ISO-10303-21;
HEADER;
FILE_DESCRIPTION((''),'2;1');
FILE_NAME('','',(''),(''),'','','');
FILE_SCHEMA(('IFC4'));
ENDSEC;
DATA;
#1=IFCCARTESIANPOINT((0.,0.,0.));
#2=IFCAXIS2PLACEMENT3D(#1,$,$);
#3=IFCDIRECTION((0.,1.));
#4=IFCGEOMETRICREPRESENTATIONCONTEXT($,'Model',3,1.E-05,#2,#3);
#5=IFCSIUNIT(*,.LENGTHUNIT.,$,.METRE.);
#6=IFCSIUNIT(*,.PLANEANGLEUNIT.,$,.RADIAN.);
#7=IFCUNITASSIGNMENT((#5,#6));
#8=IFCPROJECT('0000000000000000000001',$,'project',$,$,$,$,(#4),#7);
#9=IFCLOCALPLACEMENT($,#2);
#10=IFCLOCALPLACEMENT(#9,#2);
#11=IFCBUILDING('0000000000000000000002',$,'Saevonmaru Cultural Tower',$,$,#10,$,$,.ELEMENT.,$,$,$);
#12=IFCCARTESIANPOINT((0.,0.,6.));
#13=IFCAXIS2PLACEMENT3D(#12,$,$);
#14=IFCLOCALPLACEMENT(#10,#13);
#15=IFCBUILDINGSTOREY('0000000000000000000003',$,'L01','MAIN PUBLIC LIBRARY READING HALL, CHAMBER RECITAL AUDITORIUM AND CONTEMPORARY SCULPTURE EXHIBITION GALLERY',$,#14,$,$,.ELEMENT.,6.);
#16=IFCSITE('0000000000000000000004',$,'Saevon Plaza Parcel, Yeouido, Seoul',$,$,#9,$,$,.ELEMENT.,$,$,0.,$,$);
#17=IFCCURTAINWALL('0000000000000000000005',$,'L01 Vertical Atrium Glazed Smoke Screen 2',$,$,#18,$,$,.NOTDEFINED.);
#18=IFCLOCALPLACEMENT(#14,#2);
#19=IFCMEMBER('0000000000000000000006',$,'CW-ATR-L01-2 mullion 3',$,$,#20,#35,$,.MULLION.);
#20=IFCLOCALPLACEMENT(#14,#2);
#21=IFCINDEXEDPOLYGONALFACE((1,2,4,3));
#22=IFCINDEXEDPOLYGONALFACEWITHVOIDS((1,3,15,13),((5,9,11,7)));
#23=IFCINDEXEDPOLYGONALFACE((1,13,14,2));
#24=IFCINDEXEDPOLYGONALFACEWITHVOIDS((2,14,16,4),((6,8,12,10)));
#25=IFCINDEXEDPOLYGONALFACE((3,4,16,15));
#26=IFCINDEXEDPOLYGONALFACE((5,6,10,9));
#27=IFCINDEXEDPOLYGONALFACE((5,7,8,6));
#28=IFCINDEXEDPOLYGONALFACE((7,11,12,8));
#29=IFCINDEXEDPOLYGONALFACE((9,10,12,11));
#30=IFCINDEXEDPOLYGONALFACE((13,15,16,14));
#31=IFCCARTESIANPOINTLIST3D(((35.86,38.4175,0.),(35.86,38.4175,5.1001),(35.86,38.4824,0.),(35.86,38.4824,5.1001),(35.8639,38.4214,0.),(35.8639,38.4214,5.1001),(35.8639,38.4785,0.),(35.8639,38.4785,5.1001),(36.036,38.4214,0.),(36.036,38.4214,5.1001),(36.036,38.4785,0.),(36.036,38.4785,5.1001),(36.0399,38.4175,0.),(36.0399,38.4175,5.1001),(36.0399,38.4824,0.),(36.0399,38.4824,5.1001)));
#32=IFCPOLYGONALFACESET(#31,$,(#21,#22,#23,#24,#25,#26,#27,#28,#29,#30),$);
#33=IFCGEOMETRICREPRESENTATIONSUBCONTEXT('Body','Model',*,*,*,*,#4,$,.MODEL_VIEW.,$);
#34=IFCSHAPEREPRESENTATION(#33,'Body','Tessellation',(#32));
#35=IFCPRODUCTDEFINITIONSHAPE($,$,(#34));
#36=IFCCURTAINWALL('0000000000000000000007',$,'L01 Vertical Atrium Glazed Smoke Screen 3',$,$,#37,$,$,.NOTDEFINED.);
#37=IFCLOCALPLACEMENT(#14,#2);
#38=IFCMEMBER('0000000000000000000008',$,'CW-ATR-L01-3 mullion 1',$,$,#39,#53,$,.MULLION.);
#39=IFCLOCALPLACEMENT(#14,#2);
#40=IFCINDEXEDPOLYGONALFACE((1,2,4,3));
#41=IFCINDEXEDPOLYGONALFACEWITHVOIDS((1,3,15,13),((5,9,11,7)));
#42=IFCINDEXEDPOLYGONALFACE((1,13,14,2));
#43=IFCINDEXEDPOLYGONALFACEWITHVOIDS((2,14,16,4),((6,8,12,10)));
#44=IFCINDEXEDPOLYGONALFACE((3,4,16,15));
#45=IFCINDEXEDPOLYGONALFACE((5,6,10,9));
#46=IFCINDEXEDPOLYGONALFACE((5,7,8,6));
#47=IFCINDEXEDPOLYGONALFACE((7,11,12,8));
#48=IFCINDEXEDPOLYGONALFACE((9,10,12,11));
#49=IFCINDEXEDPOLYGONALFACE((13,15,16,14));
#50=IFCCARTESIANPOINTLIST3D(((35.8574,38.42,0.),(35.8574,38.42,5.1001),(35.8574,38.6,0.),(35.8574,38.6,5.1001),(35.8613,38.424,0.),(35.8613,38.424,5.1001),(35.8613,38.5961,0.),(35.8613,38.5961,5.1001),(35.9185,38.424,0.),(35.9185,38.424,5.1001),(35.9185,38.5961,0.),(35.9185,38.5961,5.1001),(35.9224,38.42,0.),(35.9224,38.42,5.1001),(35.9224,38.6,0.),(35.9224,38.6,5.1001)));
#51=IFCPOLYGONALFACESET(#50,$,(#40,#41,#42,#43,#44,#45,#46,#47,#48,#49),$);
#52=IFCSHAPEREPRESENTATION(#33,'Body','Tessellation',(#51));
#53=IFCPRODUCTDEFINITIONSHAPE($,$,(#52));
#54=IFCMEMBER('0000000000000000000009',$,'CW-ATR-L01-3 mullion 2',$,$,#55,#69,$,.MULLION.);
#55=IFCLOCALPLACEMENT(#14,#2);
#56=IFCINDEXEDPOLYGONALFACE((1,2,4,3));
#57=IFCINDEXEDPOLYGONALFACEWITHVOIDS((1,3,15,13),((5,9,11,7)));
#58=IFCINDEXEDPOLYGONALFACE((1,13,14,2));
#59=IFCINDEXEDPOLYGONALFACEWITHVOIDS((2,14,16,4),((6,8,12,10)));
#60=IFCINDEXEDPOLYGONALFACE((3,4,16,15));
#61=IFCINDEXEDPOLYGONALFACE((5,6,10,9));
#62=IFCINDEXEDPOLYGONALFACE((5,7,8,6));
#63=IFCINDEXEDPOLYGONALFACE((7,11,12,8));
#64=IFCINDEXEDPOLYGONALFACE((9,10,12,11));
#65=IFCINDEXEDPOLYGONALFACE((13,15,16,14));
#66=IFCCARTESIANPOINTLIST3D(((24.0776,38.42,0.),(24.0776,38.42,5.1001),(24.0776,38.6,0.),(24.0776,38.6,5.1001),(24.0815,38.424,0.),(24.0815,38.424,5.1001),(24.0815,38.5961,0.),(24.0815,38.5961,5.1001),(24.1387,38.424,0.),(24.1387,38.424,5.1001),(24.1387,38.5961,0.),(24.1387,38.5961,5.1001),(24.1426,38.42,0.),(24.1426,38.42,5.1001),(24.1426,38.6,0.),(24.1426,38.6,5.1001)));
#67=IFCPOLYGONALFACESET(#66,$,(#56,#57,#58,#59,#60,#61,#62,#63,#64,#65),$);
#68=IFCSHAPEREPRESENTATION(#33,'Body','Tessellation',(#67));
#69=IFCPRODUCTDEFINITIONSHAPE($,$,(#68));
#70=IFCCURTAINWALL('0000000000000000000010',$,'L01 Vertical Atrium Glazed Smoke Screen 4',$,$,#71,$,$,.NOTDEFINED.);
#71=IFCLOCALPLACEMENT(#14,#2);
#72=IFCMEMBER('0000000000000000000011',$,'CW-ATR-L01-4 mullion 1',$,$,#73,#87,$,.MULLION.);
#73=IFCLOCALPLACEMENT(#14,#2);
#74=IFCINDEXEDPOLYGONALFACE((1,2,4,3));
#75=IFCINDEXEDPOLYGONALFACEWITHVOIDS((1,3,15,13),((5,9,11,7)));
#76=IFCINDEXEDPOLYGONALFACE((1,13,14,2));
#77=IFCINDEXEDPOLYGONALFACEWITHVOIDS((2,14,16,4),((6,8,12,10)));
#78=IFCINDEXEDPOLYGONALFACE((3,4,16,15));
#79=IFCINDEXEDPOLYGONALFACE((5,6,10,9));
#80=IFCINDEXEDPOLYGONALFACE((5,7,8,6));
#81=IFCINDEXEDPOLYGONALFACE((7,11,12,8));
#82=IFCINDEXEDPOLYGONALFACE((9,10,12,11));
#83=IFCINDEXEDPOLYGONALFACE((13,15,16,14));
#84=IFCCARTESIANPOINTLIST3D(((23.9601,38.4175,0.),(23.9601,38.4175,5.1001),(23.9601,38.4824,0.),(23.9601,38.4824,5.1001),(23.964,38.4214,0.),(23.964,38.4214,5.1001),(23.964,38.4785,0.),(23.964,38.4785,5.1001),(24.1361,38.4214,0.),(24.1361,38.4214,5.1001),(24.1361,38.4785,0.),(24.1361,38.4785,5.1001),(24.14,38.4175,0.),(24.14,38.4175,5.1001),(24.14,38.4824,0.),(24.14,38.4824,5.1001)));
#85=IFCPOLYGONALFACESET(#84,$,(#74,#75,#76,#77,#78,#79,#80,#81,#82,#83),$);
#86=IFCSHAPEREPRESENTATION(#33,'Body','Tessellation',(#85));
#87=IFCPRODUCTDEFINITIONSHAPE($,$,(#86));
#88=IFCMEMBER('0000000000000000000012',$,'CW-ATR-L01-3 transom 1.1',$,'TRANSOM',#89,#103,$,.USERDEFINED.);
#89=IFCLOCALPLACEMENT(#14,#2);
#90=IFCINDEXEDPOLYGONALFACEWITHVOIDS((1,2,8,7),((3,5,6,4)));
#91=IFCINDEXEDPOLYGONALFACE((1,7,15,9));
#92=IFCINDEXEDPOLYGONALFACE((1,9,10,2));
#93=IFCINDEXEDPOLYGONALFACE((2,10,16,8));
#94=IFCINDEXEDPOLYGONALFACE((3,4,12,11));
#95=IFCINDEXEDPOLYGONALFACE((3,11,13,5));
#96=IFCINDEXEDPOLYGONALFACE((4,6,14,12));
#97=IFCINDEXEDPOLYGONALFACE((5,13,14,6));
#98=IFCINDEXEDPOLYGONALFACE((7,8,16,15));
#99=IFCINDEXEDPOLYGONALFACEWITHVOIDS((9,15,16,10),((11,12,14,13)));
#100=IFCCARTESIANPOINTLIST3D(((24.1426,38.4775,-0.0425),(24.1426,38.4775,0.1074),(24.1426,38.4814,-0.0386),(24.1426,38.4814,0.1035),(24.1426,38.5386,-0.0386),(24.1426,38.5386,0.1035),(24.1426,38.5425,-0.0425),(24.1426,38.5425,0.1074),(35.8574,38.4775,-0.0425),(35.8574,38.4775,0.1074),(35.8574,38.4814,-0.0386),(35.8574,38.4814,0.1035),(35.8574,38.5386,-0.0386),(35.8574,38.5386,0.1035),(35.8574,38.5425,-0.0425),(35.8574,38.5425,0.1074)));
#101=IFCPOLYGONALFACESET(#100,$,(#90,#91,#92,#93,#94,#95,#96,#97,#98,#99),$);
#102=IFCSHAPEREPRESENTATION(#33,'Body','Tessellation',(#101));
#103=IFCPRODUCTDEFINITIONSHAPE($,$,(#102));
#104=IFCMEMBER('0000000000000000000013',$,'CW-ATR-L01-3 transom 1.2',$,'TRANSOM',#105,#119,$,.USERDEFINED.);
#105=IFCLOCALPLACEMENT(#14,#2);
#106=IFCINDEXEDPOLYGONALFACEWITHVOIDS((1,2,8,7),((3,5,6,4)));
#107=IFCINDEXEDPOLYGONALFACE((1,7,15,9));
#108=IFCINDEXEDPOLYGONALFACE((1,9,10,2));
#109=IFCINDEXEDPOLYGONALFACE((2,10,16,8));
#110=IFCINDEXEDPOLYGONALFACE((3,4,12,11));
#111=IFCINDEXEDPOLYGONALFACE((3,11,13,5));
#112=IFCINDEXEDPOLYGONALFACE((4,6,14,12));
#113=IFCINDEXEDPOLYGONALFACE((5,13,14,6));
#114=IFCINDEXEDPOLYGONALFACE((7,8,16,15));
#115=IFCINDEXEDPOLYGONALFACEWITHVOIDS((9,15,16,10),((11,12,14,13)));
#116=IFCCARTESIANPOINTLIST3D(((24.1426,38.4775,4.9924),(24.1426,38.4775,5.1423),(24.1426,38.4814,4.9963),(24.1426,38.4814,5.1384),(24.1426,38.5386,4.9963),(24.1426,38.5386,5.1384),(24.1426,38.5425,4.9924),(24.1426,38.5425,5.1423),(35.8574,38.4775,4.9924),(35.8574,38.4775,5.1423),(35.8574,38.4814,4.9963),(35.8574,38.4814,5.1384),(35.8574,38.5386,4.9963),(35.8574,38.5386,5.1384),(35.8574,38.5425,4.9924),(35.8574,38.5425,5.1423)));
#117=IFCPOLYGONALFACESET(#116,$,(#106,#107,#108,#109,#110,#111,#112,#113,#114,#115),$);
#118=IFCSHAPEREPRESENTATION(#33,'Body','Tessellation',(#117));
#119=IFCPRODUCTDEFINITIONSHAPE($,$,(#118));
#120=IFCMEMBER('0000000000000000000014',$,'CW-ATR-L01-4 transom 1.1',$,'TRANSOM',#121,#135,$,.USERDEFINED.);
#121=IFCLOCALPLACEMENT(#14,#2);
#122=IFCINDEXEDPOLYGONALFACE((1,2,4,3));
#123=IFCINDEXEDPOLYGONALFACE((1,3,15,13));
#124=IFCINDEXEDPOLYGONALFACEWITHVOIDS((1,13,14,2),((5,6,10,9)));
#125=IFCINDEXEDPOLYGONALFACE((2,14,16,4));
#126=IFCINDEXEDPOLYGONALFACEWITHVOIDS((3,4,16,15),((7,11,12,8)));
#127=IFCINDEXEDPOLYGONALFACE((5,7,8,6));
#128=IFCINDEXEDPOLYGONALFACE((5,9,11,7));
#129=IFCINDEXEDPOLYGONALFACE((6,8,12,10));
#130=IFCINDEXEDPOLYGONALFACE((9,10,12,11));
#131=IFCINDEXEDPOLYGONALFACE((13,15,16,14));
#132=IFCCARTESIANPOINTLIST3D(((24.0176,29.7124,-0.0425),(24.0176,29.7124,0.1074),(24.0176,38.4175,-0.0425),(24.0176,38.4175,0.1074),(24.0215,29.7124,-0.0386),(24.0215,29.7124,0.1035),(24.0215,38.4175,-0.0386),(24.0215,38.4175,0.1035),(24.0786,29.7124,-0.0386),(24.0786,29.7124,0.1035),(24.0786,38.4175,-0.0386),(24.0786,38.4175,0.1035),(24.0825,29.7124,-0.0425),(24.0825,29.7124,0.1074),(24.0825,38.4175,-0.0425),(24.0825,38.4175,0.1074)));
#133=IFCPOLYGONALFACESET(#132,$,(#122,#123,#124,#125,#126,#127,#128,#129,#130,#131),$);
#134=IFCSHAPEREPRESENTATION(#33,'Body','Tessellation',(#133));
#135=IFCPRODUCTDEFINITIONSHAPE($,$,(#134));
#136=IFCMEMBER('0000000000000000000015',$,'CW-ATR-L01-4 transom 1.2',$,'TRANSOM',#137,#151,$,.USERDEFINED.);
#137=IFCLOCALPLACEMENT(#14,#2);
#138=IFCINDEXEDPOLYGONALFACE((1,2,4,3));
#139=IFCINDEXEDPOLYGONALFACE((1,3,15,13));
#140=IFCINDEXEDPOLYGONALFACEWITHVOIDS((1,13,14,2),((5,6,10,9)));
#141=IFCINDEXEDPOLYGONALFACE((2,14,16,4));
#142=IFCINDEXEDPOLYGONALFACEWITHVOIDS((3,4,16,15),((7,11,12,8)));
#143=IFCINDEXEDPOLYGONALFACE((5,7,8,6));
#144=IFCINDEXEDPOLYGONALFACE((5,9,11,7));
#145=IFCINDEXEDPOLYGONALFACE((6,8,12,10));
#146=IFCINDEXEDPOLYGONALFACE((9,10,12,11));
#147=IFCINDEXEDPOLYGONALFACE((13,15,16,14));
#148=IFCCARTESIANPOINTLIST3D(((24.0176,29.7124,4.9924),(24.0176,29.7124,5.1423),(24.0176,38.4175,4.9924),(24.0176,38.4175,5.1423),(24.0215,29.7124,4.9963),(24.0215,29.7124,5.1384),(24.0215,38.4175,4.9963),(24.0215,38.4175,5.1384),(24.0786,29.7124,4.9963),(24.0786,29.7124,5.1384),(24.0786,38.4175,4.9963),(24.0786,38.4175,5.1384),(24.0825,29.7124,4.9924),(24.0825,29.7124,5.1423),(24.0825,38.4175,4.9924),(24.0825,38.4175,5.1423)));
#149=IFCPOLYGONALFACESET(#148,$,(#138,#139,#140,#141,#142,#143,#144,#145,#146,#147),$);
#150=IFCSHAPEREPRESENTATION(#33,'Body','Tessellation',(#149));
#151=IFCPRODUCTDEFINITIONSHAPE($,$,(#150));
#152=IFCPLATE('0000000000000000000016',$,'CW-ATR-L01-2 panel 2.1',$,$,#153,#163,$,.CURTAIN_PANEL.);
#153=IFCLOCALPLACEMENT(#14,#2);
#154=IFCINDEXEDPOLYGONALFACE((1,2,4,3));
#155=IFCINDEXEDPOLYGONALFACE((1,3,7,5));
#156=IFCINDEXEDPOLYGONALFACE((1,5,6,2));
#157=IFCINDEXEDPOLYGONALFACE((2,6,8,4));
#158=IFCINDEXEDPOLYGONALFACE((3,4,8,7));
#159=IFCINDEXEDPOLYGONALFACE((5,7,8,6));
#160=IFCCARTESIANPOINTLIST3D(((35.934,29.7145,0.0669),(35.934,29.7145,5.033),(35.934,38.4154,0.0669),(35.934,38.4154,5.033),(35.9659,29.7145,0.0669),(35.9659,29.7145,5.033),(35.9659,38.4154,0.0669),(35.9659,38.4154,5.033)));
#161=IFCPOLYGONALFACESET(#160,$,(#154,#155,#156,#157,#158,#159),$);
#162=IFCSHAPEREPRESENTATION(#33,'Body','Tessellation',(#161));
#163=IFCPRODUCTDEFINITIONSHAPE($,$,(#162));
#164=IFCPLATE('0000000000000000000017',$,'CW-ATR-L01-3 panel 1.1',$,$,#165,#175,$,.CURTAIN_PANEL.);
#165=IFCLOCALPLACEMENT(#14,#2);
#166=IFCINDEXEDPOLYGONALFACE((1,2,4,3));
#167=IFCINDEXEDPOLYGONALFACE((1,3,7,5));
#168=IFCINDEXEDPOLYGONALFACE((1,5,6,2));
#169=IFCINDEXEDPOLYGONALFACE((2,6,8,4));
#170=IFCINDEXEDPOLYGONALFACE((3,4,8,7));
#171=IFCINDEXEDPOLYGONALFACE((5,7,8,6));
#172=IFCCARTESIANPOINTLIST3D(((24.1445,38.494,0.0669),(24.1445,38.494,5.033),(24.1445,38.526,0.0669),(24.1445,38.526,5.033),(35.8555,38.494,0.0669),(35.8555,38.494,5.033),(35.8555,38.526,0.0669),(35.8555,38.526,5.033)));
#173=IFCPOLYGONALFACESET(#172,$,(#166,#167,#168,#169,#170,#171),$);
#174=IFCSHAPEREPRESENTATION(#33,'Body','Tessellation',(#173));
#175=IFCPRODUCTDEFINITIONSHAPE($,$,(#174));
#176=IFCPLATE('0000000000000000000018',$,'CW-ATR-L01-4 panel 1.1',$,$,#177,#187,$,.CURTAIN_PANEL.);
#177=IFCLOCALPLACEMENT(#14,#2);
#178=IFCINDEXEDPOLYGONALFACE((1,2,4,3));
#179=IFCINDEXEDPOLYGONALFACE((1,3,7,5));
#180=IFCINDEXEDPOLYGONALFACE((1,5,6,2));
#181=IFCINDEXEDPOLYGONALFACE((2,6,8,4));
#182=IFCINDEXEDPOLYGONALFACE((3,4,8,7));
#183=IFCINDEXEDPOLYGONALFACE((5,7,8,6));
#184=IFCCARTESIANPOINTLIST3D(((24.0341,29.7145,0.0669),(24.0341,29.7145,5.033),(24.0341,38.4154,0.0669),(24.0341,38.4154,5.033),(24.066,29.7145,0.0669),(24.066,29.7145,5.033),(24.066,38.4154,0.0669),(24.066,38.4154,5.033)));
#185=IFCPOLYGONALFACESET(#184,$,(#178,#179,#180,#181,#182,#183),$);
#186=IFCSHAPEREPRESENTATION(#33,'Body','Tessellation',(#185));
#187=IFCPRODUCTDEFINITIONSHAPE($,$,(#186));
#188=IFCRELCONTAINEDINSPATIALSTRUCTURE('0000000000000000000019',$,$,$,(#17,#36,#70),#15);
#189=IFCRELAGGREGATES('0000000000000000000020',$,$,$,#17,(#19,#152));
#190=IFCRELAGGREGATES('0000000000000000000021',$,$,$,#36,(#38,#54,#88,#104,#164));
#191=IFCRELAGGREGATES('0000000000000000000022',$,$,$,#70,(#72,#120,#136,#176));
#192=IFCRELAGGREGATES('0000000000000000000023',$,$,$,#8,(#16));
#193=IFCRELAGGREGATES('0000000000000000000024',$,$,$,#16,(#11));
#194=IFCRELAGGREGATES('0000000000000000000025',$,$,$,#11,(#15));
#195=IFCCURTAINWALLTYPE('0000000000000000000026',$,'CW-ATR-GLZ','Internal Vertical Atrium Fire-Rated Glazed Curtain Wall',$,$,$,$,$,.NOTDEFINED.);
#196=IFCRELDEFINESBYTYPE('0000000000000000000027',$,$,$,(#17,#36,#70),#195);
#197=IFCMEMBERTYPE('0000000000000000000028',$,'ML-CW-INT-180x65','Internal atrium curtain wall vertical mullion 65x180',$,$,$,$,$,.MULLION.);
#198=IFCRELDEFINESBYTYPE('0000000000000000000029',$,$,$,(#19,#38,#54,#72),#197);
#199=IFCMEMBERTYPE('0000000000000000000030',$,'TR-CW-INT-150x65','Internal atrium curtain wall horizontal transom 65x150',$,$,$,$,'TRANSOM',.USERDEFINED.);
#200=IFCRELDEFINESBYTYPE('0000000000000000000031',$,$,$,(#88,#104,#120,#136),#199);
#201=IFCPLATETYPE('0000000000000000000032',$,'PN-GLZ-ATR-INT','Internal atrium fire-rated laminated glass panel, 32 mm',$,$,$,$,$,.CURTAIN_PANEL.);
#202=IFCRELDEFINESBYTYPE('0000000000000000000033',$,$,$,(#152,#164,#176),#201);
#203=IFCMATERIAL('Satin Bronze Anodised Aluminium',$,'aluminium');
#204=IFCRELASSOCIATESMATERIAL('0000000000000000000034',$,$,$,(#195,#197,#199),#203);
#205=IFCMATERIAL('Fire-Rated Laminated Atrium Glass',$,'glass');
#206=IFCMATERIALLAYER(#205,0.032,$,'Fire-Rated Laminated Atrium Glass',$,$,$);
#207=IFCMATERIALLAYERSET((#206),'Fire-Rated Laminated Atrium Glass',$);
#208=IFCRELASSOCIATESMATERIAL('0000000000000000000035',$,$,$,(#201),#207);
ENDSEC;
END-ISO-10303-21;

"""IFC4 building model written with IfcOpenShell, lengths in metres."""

from ifc_helpers import new_model, si_unit, direction, frame, origin, origin_2d, place, context, subcontext, project, spatial, rectangle, hollow_rectangle, extrude, material, layer, layer_set, material_profile, profile_set, type_object, element, aggregate, save


model = new_model("IFC4")

# Units and contexts
model_context = context("Model", 3, precision=1e-05, world=origin(), true_north=direction((0.0, 1.0)))
body_context = subcontext(model_context, "Body", "Model", "MODEL_VIEW")
ifc_project = project(units=[si_unit("LENGTHUNIT", "METRE"), si_unit("PLANEANGLEUNIT", "RADIAN")], contexts=[model_context])

# Site, building, storey
site_placement = place(None, origin())
site = spatial("IfcSite", under=ifc_project, at=site_placement, Name="Saevon Plaza Parcel, Yeouido, Seoul", CompositionType="ELEMENT", RefElevation=0.0)
building_placement = place(site_placement, origin())
building = spatial("IfcBuilding", under=site, at=building_placement, Name="Saevonmaru Cultural Tower", CompositionType="ELEMENT")
storey_placement = place(building_placement, frame((0.0, 0.0, 6.0)))
storey = spatial("IfcBuildingStorey", under=building, at=storey_placement, Name="L01", Description="MAIN PUBLIC LIBRARY READING HALL, CHAMBER RECITAL AUDITORIUM AND CONTEMPORARY SCULPTURE EXHIBITION GALLERY", CompositionType="ELEMENT", Elevation=6.0)

# Curtain wall, member
ifc_material_1 = material(Name="Satin Bronze Anodised Aluminium", Category="aluminium")
curtain_wall_type = type_object("IfcCurtainWallType", Name="CW-ATR-GLZ", Description="Internal Vertical Atrium Fire-Rated Glazed Curtain Wall", PredefinedType="NOTDEFINED", material=ifc_material_1)
curtain_wall_1_placement = place(storey_placement, origin())
curtain_wall_1 = element("IfcCurtainWall", 1, at=curtain_wall_1_placement, inside=storey, type_object=curtain_wall_type, Name="L01 Vertical Atrium Glazed Smoke Screen 2", PredefinedType="NOTDEFINED")
ifc_material_profile_1 = material_profile(ifc_material_1, hollow_rectangle(XDim=0.0649, YDim=0.1799, WallThickness=0.0039, at=origin_2d()), Name="ALU-MULL-180x65x4")
ifc_profile_set_1 = profile_set([ifc_material_profile_1], Name="Satin Bronze Anodised Aluminium")
member_type_1 = type_object("IfcMemberType", Name="ML-CW-INT-180x65", Description="Internal atrium curtain wall vertical mullion 65x180", PredefinedType="MULLION", material=ifc_profile_set_1)
member_1_placement = place(storey_placement, frame((35.95, 38.45, 0.0), z_axis=(0.0, 0.0, 1.0), x_axis=(0.0, 1.0, 0.0)))
member_1 = element("IfcMember", 2, at=member_1_placement, type_object=member_type_1, Name="CW-ATR-L01-2 mullion 3", PredefinedType="MULLION", context=body_context, shape_type="SweptSolid", body=[
    extrude(hollow_rectangle(XDim=0.0649, YDim=0.1799, WallThickness=0.0039, at=origin_2d()), origin(), (0.0, 0.0, 1.0), 5.1001),
])

# Curtain wall, members
curtain_wall_2_placement = place(storey_placement, origin())
curtain_wall_2 = element("IfcCurtainWall", 3, at=curtain_wall_2_placement, inside=storey, type_object=curtain_wall_type, Name="L01 Vertical Atrium Glazed Smoke Screen 3", PredefinedType="NOTDEFINED")
member_2_placement = place(storey_placement, frame((35.8899, 38.51, 0.0), z_axis=(0.0, 0.0, 1.0), x_axis=(-1.0, 0.0, 0.0)))
member_2 = element("IfcMember", 4, at=member_2_placement, type_object=member_type_1, Name="CW-ATR-L01-3 mullion 1", PredefinedType="MULLION", context=body_context, shape_type="SweptSolid", body=[
    extrude(hollow_rectangle(XDim=0.0649, YDim=0.1799, WallThickness=0.0039, at=origin_2d()), origin(), (0.0, 0.0, 1.0), 5.1001),
])
member_3_placement = place(storey_placement, frame((24.1101, 38.51, 0.0), z_axis=(0.0, 0.0, 1.0), x_axis=(-1.0, 0.0, 0.0)))
member_3 = element("IfcMember", 5, at=member_3_placement, type_object=member_type_1, Name="CW-ATR-L01-3 mullion 2", PredefinedType="MULLION", context=body_context, shape_type="SweptSolid", body=[
    extrude(hollow_rectangle(XDim=0.0649, YDim=0.1799, WallThickness=0.0039, at=origin_2d()), origin(), (0.0, 0.0, 1.0), 5.1001),
])

# Curtain wall, member
curtain_wall_3_placement = place(storey_placement, origin())
curtain_wall_3 = element("IfcCurtainWall", 6, at=curtain_wall_3_placement, inside=storey, type_object=curtain_wall_type, Name="L01 Vertical Atrium Glazed Smoke Screen 4", PredefinedType="NOTDEFINED")
member_4_placement = place(storey_placement, frame((24.05, 38.45, 0.0), z_axis=(0.0, 0.0, 1.0), x_axis=(0.0, -1.0, 0.0)))
member_4 = element("IfcMember", 7, at=member_4_placement, type_object=member_type_1, Name="CW-ATR-L01-4 mullion 1", PredefinedType="MULLION", context=body_context, shape_type="SweptSolid", body=[
    extrude(hollow_rectangle(XDim=0.0649, YDim=0.1799, WallThickness=0.0039, at=origin_2d()), origin(), (0.0, 0.0, 1.0), 5.1001),
])

# Members
ifc_material_profile_2 = material_profile(ifc_material_1, hollow_rectangle(XDim=0.0649, YDim=0.1499, WallThickness=0.0039, at=origin_2d()), Name="ALU-TRAN-150x65x4")
ifc_profile_set_2 = profile_set([ifc_material_profile_2], Name="Satin Bronze Anodised Aluminium")
member_type_2 = type_object("IfcMemberType", Name="TR-CW-INT-150x65", Description="Internal atrium curtain wall horizontal transom 65x150", ElementType="TRANSOM", PredefinedType="USERDEFINED", material=ifc_profile_set_2)
member_5_placement = place(storey_placement, frame((35.8574, 38.51, 0.0325), z_axis=(-1.0, 0.0, 0.0), x_axis=(0.0, -1.0, 0.0)))
member_5 = element("IfcMember", 8, at=member_5_placement, type_object=member_type_2, Name="CW-ATR-L01-3 transom 1.1", ObjectType="TRANSOM", PredefinedType="USERDEFINED", context=body_context, shape_type="SweptSolid", body=[
    extrude(hollow_rectangle(XDim=0.0649, YDim=0.1499, WallThickness=0.0039, at=origin_2d()), origin(), (0.0, 0.0, 1.0), 11.7148),
])
member_6_placement = place(storey_placement, frame((35.8574, 38.51, 5.0674), z_axis=(-1.0, 0.0, 0.0), x_axis=(0.0, -1.0, 0.0)))
member_6 = element("IfcMember", 9, at=member_6_placement, type_object=member_type_2, Name="CW-ATR-L01-3 transom 1.2", ObjectType="TRANSOM", PredefinedType="USERDEFINED", context=body_context, shape_type="SweptSolid", body=[
    extrude(hollow_rectangle(XDim=0.0649, YDim=0.1499, WallThickness=0.0039, at=origin_2d()), origin(), (0.0, 0.0, 1.0), 11.7148),
])
member_7_placement = place(storey_placement, frame((24.05, 38.4175, 0.0325), z_axis=(0.0, -1.0, 0.0), x_axis=(1.0, 0.0, 0.0)))
member_7 = element("IfcMember", 10, at=member_7_placement, type_object=member_type_2, Name="CW-ATR-L01-4 transom 1.1", ObjectType="TRANSOM", PredefinedType="USERDEFINED", context=body_context, shape_type="SweptSolid", body=[
    extrude(hollow_rectangle(XDim=0.0649, YDim=0.1499, WallThickness=0.0039, at=origin_2d()), origin(), (0.0, 0.0, 1.0), 8.7051),
])
member_8_placement = place(storey_placement, frame((24.05, 38.4175, 5.0674), z_axis=(0.0, -1.0, 0.0), x_axis=(1.0, 0.0, 0.0)))
member_8 = element("IfcMember", 11, at=member_8_placement, type_object=member_type_2, Name="CW-ATR-L01-4 transom 1.2", ObjectType="TRANSOM", PredefinedType="USERDEFINED", context=body_context, shape_type="SweptSolid", body=[
    extrude(hollow_rectangle(XDim=0.0649, YDim=0.1499, WallThickness=0.0039, at=origin_2d()), origin(), (0.0, 0.0, 1.0), 8.7051),
])

# Plates
ifc_material_2 = material(Name="Fire-Rated Laminated Atrium Glass", Category="glass")
ifc_layer_1 = layer(ifc_material_2, 0.032, Name="Fire-Rated Laminated Atrium Glass")
ifc_layer_set_1 = layer_set([ifc_layer_1], Name="Fire-Rated Laminated Atrium Glass")
plate_type = type_object("IfcPlateType", Name="PN-GLZ-ATR-INT", Description="Internal atrium fire-rated laminated glass panel, 32 mm", PredefinedType="CURTAIN_PANEL", material=ifc_layer_set_1)
plate_1_placement = place(storey_placement, frame((35.95, 34.0649, 0.0669), z_axis=(0.0, 0.0, 1.0), x_axis=(0.0, 1.0, 0.0)))
plate_1 = element("IfcPlate", 12, at=plate_1_placement, type_object=plate_type, Name="CW-ATR-L01-2 panel 2.1", PredefinedType="CURTAIN_PANEL", context=body_context, shape_type="SweptSolid", body=[
    extrude(rectangle(XDim=8.7009, YDim=0.032, at=origin_2d()), origin(), (0.0, 0.0, 1.0), 4.9661),
])
aggregate(curtain_wall_1, [member_1, plate_1])
plate_2_placement = place(storey_placement, frame((30.0, 38.51, 0.0669), z_axis=(0.0, 0.0, 1.0), x_axis=(-1.0, 0.0, 0.0)))
plate_2 = element("IfcPlate", 13, at=plate_2_placement, type_object=plate_type, Name="CW-ATR-L01-3 panel 1.1", PredefinedType="CURTAIN_PANEL", context=body_context, shape_type="SweptSolid", body=[
    extrude(rectangle(XDim=11.7109, YDim=0.032, at=origin_2d()), origin(), (0.0, 0.0, 1.0), 4.9661),
])
aggregate(curtain_wall_2, [member_2, member_3, member_5, member_6, plate_2])
plate_3_placement = place(storey_placement, frame((24.05, 34.0649, 0.0669), z_axis=(0.0, 0.0, 1.0), x_axis=(0.0, -1.0, 0.0)))
plate_3 = element("IfcPlate", 14, at=plate_3_placement, type_object=plate_type, Name="CW-ATR-L01-4 panel 1.1", PredefinedType="CURTAIN_PANEL", context=body_context, shape_type="SweptSolid", body=[
    extrude(rectangle(XDim=8.7009, YDim=0.032, at=origin_2d()), origin(), (0.0, 0.0, 1.0), 4.9661),
])
aggregate(curtain_wall_3, [member_4, member_7, member_8, plate_3])

save(model, "model.ifc")
